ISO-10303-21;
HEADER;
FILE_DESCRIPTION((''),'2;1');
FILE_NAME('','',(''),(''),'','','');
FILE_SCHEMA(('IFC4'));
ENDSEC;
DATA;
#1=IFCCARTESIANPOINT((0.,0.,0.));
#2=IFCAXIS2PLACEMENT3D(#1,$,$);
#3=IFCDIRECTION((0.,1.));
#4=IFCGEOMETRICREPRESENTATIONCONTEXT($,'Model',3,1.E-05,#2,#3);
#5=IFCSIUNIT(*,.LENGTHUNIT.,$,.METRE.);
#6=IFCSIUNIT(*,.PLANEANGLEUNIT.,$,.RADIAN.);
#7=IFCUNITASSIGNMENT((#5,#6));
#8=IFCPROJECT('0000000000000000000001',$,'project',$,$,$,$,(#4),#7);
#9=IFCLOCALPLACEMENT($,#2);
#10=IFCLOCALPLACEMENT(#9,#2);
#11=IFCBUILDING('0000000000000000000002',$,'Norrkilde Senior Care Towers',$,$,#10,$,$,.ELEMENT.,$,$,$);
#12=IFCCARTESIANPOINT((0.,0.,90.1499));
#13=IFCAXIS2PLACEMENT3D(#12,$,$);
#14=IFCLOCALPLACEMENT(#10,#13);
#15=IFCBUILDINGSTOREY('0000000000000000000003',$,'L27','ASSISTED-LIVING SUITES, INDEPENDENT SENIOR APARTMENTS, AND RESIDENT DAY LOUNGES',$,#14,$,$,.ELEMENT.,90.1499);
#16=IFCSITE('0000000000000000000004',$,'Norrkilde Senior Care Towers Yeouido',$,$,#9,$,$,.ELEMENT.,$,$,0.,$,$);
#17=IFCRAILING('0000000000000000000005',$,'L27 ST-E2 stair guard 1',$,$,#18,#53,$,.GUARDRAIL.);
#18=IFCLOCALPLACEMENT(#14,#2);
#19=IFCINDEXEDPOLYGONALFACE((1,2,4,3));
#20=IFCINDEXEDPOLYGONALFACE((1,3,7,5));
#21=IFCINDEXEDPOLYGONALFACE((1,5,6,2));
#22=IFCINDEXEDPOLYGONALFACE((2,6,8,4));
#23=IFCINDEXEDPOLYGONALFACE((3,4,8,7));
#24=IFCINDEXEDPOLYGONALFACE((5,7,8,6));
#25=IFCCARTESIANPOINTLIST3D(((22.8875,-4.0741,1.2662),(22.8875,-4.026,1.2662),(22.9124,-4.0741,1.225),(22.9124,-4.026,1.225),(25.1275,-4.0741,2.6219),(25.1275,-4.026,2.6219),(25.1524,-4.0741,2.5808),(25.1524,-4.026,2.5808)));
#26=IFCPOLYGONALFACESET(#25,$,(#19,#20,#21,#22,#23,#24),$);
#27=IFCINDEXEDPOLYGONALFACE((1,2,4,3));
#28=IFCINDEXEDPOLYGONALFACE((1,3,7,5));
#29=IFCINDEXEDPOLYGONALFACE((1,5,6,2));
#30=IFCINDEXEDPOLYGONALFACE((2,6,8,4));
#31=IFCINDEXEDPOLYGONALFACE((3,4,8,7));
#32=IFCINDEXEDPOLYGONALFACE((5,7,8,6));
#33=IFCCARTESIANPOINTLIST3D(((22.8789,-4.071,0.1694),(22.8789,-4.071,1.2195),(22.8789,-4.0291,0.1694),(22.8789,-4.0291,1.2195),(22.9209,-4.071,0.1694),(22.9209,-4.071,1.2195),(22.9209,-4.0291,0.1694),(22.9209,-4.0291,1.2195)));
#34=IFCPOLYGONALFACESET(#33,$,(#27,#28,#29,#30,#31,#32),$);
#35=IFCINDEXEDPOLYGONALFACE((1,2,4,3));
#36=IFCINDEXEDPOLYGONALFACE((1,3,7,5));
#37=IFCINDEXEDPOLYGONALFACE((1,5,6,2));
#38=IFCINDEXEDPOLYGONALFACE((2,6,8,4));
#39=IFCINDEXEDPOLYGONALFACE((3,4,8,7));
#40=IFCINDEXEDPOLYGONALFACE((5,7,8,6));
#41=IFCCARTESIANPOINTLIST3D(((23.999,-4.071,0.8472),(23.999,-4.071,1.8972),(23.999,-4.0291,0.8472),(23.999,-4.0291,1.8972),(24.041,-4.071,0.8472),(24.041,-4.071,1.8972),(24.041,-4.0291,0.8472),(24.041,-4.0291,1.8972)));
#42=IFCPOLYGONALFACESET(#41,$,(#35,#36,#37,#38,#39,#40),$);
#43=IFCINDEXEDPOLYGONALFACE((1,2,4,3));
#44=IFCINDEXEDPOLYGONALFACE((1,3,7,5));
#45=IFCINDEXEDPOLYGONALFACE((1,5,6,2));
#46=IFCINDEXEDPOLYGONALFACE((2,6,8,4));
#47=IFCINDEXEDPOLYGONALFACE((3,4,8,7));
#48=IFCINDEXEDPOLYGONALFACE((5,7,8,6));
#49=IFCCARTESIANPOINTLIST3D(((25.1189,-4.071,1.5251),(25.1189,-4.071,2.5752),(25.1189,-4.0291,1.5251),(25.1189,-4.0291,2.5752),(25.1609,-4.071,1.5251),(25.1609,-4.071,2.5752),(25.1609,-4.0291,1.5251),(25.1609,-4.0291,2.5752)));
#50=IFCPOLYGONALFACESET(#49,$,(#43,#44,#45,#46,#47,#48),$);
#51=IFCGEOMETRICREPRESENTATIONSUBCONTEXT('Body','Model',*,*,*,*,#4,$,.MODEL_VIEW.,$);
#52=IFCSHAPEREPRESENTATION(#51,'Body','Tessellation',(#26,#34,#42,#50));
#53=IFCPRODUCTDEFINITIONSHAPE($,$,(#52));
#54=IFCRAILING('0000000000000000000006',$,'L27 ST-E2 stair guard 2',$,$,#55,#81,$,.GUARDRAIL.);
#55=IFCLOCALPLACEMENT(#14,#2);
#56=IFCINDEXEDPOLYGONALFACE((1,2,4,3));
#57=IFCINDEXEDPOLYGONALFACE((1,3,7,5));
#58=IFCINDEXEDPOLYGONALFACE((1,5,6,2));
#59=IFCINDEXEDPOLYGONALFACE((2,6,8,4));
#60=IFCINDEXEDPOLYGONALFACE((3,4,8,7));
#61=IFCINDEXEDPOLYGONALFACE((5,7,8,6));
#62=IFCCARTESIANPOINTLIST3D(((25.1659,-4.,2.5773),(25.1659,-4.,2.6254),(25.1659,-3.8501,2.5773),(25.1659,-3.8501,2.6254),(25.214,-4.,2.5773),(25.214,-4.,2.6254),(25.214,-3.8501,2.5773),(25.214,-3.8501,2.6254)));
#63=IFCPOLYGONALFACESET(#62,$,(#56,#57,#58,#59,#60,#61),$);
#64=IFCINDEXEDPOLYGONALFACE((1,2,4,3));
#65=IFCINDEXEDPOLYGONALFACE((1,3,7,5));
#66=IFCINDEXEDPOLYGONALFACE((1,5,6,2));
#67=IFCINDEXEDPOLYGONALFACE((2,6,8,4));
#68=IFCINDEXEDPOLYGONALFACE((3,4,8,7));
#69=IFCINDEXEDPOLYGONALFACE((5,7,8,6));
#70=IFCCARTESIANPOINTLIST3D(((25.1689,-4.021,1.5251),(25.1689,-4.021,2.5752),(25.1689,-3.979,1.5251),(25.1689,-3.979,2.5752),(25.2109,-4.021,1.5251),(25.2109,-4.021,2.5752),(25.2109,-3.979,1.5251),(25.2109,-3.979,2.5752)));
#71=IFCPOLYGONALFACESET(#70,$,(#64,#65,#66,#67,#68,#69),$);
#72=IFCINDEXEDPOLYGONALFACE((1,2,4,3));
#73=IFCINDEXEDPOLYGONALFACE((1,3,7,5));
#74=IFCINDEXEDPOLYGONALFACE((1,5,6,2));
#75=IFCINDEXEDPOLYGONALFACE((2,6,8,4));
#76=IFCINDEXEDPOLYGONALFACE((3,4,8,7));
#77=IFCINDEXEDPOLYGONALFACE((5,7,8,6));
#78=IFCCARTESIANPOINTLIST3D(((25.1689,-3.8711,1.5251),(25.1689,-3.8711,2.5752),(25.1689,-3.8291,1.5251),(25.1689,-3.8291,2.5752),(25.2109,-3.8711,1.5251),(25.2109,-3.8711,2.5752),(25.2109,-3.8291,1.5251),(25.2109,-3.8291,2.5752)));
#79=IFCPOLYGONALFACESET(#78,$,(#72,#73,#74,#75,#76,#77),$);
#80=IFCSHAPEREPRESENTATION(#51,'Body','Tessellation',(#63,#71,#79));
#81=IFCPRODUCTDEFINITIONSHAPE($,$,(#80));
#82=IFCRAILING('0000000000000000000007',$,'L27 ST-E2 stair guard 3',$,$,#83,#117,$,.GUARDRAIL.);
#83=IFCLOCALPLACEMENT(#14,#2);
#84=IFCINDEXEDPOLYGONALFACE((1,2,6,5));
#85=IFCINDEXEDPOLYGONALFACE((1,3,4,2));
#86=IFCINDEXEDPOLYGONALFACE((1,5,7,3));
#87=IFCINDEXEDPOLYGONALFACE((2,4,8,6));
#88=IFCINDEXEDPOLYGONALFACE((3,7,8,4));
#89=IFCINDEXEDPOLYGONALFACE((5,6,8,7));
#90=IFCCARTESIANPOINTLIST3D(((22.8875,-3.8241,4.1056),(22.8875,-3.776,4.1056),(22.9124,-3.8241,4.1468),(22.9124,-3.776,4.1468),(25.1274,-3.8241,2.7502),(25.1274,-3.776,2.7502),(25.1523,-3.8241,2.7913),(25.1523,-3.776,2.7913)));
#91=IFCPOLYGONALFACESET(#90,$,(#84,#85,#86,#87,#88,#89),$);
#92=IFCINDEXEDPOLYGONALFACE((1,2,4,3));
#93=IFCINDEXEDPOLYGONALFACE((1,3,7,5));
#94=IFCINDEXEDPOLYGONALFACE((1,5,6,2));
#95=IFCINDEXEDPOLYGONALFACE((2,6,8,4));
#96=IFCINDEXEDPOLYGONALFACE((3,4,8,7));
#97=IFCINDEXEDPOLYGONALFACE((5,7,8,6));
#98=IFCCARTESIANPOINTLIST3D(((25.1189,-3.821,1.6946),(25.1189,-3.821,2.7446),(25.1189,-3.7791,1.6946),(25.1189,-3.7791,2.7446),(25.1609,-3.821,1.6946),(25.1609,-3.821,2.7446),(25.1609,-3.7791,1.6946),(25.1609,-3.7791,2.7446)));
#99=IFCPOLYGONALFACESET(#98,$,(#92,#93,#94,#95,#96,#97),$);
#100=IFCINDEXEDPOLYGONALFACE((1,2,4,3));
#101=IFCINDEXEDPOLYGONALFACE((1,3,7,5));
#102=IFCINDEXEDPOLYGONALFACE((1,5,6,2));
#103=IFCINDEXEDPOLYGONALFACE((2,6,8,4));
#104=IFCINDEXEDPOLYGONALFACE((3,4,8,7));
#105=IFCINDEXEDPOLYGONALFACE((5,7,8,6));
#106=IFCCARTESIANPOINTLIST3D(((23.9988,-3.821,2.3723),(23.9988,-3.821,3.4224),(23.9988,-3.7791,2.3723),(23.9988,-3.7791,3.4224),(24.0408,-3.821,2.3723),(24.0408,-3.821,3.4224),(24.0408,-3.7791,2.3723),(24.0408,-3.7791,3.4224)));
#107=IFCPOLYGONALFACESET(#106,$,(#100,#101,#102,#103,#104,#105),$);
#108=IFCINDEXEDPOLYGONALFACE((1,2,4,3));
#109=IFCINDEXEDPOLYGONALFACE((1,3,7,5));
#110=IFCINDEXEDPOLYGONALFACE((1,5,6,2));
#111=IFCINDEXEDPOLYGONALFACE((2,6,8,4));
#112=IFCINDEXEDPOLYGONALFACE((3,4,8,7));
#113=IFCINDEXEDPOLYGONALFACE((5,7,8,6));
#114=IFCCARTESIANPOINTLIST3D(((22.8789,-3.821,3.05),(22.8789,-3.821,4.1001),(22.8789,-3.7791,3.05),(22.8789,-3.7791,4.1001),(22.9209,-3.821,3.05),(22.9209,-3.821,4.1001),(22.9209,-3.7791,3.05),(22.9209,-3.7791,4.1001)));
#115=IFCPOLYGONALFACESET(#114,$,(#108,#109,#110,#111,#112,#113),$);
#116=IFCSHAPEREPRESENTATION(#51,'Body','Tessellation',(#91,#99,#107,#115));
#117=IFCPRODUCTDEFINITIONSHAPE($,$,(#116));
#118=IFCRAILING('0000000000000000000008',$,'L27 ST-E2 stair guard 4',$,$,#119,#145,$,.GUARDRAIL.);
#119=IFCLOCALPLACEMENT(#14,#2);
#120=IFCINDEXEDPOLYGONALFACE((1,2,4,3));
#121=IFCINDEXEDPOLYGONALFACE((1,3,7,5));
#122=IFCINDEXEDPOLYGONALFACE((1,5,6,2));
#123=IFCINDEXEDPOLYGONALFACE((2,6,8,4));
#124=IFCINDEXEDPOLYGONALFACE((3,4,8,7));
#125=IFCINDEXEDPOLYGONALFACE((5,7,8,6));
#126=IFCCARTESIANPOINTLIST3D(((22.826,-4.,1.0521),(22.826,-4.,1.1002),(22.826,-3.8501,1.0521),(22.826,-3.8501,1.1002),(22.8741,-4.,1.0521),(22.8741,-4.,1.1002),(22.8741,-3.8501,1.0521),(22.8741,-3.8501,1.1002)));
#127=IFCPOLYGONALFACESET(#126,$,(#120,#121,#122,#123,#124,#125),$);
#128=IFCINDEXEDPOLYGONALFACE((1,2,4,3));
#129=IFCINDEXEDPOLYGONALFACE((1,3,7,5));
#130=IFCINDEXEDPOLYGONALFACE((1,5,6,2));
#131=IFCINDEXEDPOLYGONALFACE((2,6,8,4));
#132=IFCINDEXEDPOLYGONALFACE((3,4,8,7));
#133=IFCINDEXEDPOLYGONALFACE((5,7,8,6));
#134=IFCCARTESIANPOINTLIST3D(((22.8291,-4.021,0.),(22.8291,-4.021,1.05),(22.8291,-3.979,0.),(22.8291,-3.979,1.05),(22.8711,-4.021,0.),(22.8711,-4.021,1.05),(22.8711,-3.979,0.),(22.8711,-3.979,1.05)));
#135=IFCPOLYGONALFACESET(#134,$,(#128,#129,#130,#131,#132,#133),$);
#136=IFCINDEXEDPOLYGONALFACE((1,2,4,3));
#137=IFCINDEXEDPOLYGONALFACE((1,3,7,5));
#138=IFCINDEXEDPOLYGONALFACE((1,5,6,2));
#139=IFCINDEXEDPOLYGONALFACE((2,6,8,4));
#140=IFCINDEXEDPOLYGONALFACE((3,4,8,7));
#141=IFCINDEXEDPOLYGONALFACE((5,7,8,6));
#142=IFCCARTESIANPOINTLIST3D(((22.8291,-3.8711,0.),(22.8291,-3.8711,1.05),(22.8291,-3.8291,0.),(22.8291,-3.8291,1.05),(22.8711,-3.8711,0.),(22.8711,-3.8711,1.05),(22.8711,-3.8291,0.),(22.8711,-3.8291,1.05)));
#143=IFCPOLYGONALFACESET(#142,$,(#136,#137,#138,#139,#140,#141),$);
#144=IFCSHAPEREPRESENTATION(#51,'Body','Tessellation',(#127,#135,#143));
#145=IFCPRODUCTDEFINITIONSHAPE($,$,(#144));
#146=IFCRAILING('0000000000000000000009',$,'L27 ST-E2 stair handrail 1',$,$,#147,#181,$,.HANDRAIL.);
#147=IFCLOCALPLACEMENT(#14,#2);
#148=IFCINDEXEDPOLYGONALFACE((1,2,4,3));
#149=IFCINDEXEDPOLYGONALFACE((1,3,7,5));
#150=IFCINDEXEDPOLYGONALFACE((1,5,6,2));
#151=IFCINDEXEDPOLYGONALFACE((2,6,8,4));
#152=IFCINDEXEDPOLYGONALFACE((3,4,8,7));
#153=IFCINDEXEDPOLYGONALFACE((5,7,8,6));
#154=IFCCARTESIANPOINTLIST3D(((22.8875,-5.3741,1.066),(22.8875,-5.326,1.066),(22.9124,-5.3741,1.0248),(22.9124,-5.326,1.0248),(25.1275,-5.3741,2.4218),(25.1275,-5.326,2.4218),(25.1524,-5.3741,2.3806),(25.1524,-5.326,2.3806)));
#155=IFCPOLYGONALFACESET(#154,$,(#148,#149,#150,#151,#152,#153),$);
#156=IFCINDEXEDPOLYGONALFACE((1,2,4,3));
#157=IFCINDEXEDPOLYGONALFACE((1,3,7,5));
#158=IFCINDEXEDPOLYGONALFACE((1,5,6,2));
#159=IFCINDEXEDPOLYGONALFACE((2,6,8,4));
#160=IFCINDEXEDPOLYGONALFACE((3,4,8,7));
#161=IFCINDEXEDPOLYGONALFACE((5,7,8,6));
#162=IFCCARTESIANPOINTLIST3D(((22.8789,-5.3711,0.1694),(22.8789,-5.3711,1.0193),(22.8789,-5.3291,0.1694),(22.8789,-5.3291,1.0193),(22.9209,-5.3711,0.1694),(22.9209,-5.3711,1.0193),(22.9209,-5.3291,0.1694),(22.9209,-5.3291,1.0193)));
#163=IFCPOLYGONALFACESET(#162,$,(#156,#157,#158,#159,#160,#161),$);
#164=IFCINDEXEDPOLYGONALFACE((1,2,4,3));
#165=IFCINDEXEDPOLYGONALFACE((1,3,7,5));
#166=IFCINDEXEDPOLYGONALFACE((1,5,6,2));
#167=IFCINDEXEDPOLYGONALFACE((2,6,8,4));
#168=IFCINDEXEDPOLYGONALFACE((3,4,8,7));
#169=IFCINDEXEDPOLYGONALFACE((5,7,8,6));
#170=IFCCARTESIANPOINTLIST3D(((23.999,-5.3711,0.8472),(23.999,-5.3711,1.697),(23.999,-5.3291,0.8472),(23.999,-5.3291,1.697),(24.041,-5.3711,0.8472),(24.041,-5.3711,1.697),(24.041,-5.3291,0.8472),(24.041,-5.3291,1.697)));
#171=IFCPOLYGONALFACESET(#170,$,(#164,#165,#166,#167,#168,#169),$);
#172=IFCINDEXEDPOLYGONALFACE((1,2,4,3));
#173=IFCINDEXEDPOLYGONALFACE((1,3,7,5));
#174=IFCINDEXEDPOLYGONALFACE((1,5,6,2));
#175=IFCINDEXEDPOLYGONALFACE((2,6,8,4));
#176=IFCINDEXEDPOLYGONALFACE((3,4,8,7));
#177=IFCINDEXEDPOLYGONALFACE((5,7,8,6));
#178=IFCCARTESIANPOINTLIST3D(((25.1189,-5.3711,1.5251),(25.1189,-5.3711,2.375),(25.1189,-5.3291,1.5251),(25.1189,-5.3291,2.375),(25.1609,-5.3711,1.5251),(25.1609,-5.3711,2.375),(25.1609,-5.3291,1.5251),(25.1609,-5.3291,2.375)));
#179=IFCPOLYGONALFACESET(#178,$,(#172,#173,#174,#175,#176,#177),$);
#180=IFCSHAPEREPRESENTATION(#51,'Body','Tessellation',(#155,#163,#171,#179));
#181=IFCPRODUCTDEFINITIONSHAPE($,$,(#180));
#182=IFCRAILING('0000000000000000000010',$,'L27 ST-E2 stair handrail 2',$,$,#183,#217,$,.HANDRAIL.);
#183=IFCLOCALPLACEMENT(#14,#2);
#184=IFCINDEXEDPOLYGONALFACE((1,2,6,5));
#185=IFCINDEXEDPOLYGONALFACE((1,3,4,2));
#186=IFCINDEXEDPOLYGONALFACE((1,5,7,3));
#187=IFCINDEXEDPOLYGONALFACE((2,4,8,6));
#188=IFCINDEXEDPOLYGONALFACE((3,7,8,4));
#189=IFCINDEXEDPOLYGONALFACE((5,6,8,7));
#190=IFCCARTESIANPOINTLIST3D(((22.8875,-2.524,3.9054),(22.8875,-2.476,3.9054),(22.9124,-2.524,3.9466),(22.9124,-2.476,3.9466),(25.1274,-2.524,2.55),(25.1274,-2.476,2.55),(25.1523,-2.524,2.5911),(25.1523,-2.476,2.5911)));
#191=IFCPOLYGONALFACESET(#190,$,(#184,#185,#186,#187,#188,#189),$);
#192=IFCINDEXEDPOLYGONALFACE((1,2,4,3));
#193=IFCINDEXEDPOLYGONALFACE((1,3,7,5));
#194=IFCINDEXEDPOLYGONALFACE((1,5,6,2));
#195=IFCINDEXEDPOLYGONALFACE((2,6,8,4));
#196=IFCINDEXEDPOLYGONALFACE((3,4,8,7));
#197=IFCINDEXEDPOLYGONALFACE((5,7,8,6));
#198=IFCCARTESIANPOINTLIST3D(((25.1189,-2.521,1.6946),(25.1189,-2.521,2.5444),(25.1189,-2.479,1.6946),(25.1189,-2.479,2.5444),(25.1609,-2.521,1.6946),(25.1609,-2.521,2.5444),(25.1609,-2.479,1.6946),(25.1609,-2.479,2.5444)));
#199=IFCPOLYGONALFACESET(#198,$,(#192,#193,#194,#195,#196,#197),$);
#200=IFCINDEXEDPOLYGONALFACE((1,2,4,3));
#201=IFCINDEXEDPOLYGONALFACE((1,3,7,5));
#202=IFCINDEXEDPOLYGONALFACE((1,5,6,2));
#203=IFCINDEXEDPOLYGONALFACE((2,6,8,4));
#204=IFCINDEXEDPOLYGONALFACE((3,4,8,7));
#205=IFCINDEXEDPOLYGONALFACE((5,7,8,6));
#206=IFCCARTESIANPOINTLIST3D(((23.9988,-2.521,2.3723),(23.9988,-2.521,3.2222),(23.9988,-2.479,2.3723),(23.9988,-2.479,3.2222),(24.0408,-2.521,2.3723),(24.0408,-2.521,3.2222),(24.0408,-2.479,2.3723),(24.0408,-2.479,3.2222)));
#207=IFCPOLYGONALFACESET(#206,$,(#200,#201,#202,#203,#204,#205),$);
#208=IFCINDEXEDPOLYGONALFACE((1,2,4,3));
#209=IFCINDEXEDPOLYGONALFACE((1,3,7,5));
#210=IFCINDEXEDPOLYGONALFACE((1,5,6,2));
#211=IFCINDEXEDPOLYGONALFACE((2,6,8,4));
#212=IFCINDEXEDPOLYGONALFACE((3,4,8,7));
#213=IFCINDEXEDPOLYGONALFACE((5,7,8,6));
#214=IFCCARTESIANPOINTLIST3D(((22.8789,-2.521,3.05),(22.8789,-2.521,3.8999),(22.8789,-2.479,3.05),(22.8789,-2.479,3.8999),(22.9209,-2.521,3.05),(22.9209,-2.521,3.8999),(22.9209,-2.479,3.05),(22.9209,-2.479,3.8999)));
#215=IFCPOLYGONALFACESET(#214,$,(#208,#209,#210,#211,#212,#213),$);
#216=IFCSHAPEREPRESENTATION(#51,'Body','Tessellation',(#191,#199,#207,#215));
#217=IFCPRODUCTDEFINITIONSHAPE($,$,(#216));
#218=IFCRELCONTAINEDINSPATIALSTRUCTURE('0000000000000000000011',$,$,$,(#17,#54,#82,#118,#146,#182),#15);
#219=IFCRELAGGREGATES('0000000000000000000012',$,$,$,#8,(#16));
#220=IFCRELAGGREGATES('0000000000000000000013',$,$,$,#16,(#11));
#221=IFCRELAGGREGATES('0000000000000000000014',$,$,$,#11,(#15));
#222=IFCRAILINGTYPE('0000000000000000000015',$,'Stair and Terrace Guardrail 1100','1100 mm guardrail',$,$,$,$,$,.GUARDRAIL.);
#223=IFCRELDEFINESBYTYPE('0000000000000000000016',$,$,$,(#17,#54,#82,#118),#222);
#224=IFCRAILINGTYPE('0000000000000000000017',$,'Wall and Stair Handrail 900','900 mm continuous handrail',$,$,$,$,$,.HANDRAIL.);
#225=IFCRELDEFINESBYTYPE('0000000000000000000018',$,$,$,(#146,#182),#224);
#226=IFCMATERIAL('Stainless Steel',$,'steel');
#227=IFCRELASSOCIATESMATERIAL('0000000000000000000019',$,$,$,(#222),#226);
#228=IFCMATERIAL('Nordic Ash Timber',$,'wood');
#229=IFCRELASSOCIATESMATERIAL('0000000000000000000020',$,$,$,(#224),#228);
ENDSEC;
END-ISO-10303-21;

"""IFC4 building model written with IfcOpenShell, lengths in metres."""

from ifc_helpers import new_model, si_unit, direction, frame, origin, origin_2d, place, context, subcontext, project, spatial, rectangle, extrude, material, type_object, element, save


model = new_model("IFC4")

# Units and contexts
model_context = context("Model", 3, precision=1e-05, world=origin(), true_north=direction((0.0, 1.0)))
body_context = subcontext(model_context, "Body", "Model", "MODEL_VIEW")
ifc_project = project(units=[si_unit("LENGTHUNIT", "METRE"), si_unit("PLANEANGLEUNIT", "RADIAN")], contexts=[model_context])

# Site, building, storey
site_placement = place(None, origin())
site = spatial("IfcSite", under=ifc_project, at=site_placement, Name="Norrkilde Senior Care Towers Yeouido", CompositionType="ELEMENT", RefElevation=0.0)
building_placement = place(site_placement, origin())
building = spatial("IfcBuilding", under=site, at=building_placement, Name="Norrkilde Senior Care Towers", CompositionType="ELEMENT")
storey_placement = place(building_placement, frame((0.0, 0.0, 90.1499)))
storey = spatial("IfcBuildingStorey", under=building, at=storey_placement, Name="L27", Description="ASSISTED-LIVING SUITES, INDEPENDENT SENIOR APARTMENTS, AND RESIDENT DAY LOUNGES", CompositionType="ELEMENT", Elevation=90.1499)

# Shared definitions
ifc_material_1 = material(Name="Nordic Ash Timber", Category="wood")

# Railings
ifc_material_2 = material(Name="Stainless Steel", Category="steel")
railing_type_1 = type_object("IfcRailingType", Name="Stair and Terrace Guardrail 1100", Description="1100 mm guardrail", PredefinedType="GUARDRAIL", material=ifc_material_2)
railing_1_placement = place(storey_placement, frame((22.8999, -4.05, 0.1694)))
element("IfcRailing", 1, at=railing_1_placement, inside=storey, type_object=railing_type_1, Name="L27 ST-E2 stair guard 1", PredefinedType="GUARDRAIL", context=body_context, shape_type="SweptSolid", body=[
    extrude(rectangle(XDim=0.0481, YDim=0.0481, at=origin_2d()), frame((0.0, 0.0, 1.0762), z_axis=(0.855512, 0.0, 0.517783), x_axis=(0.0, 1.0, 0.0)), (0.0, 0.0, 1.0), 2.6184),
    extrude(rectangle(XDim=0.042, YDim=0.042, at=origin_2d()), origin(), (0.0, 0.0, 1.0), 1.05),
    extrude(rectangle(XDim=0.042, YDim=0.042, at=origin_2d()), frame((1.1201, 0.0, 0.6777)), (0.0, 0.0, 1.0), 1.05),
    extrude(rectangle(XDim=0.042, YDim=0.042, at=origin_2d()), frame((2.24, 0.0, 1.3557)), (0.0, 0.0, 1.0), 1.05),
])
railing_2_placement = place(storey_placement, frame((25.1899, -4.0, 1.5251)))
element("IfcRailing", 2, at=railing_2_placement, inside=storey, type_object=railing_type_1, Name="L27 ST-E2 stair guard 2", PredefinedType="GUARDRAIL", context=body_context, shape_type="SweptSolid", body=[
    extrude(rectangle(XDim=0.0481, YDim=0.0481, at=origin_2d()), frame((0.0, 0.0, 1.0762), z_axis=(0.0, 1.0, 0.0), x_axis=(-1.0, 0.0, 0.0)), (0.0, 0.0, 1.0), 0.1499),
    extrude(rectangle(XDim=0.042, YDim=0.042, at=origin_2d()), origin(), (0.0, 0.0, 1.0), 1.05),
    extrude(rectangle(XDim=0.042, YDim=0.042, at=origin_2d()), frame((0.0, 0.1499, 0.0)), (0.0, 0.0, 1.0), 1.05),
])
railing_3_placement = place(storey_placement, frame((25.1399, -3.8, 1.6946)))
element("IfcRailing", 3, at=railing_3_placement, inside=storey, type_object=railing_type_1, Name="L27 ST-E2 stair guard 3", PredefinedType="GUARDRAIL", context=body_context, shape_type="SweptSolid", body=[
    extrude(rectangle(XDim=0.0481, YDim=0.0481, at=origin_2d()), frame((0.0, 0.0, 1.0762), z_axis=(-0.855553, 0.0, 0.517715), x_axis=(0.0, -1.0, 0.0)), (0.0, 0.0, 1.0), 2.6182),
    extrude(rectangle(XDim=0.042, YDim=0.042, at=origin_2d()), origin(), (0.0, 0.0, 1.0), 1.05),
    extrude(rectangle(XDim=0.042, YDim=0.042, at=origin_2d()), frame((-1.1201, 0.0, 0.6777)), (0.0, 0.0, 1.0), 1.05),
    extrude(rectangle(XDim=0.042, YDim=0.042, at=origin_2d()), frame((-2.24, 0.0, 1.3555)), (0.0, 0.0, 1.0), 1.05),
])
railing_4_placement = place(storey_placement, frame((22.8501, -4.0, 0.0)))
element("IfcRailing", 4, at=railing_4_placement, inside=storey, type_object=railing_type_1, Name="L27 ST-E2 stair guard 4", PredefinedType="GUARDRAIL", context=body_context, shape_type="SweptSolid", body=[
    extrude(rectangle(XDim=0.0481, YDim=0.0481, at=origin_2d()), frame((0.0, 0.0, 1.0762), z_axis=(0.0, 1.0, 0.0), x_axis=(-1.0, 0.0, 0.0)), (0.0, 0.0, 1.0), 0.1499),
    extrude(rectangle(XDim=0.042, YDim=0.042, at=origin_2d()), origin(), (0.0, 0.0, 1.0), 1.05),
    extrude(rectangle(XDim=0.042, YDim=0.042, at=origin_2d()), frame((0.0, 0.1499, 0.0)), (0.0, 0.0, 1.0), 1.05),
])
railing_type_2 = type_object("IfcRailingType", Name="Wall and Stair Handrail 900", Description="900 mm continuous handrail", PredefinedType="HANDRAIL", material=ifc_material_1)
railing_5_placement = place(storey_placement, frame((22.8999, -5.3501, 0.1694)))
element("IfcRailing", 5, at=railing_5_placement, inside=storey, type_object=railing_type_2, Name="L27 ST-E2 stair handrail 1", PredefinedType="HANDRAIL", context=body_context, shape_type="SweptSolid", body=[
    extrude(rectangle(XDim=0.0481, YDim=0.0481, at=origin_2d()), frame((0.0, 0.0, 0.876), z_axis=(0.855512, 0.0, 0.517783), x_axis=(0.0, 1.0, 0.0)), (0.0, 0.0, 1.0), 2.6184),
    extrude(rectangle(XDim=0.042, YDim=0.042, at=origin_2d()), origin(), (0.0, 0.0, 1.0), 0.8499),
    extrude(rectangle(XDim=0.042, YDim=0.042, at=origin_2d()), frame((1.1201, 0.0, 0.6777)), (0.0, 0.0, 1.0), 0.8499),
    extrude(rectangle(XDim=0.042, YDim=0.042, at=origin_2d()), frame((2.24, 0.0, 1.3557)), (0.0, 0.0, 1.0), 0.8499),
])
railing_6_placement = place(storey_placement, frame((25.1399, -2.5, 1.6946)))
element("IfcRailing", 6, at=railing_6_placement, inside=storey, type_object=railing_type_2, Name="L27 ST-E2 stair handrail 2", PredefinedType="HANDRAIL", context=body_context, shape_type="SweptSolid", body=[
    extrude(rectangle(XDim=0.0481, YDim=0.0481, at=origin_2d()), frame((0.0, 0.0, 0.876), z_axis=(-0.855553, 0.0, 0.517715), x_axis=(0.0, -1.0, 0.0)), (0.0, 0.0, 1.0), 2.6182),
    extrude(rectangle(XDim=0.042, YDim=0.042, at=origin_2d()), origin(), (0.0, 0.0, 1.0), 0.8499),
    extrude(rectangle(XDim=0.042, YDim=0.042, at=origin_2d()), frame((-1.1201, 0.0, 0.6777)), (0.0, 0.0, 1.0), 0.8499),
    extrude(rectangle(XDim=0.042, YDim=0.042, at=origin_2d()), frame((-2.24, 0.0, 1.3555)), (0.0, 0.0, 1.0), 0.8499),
])

save(model, "model.ifc")
